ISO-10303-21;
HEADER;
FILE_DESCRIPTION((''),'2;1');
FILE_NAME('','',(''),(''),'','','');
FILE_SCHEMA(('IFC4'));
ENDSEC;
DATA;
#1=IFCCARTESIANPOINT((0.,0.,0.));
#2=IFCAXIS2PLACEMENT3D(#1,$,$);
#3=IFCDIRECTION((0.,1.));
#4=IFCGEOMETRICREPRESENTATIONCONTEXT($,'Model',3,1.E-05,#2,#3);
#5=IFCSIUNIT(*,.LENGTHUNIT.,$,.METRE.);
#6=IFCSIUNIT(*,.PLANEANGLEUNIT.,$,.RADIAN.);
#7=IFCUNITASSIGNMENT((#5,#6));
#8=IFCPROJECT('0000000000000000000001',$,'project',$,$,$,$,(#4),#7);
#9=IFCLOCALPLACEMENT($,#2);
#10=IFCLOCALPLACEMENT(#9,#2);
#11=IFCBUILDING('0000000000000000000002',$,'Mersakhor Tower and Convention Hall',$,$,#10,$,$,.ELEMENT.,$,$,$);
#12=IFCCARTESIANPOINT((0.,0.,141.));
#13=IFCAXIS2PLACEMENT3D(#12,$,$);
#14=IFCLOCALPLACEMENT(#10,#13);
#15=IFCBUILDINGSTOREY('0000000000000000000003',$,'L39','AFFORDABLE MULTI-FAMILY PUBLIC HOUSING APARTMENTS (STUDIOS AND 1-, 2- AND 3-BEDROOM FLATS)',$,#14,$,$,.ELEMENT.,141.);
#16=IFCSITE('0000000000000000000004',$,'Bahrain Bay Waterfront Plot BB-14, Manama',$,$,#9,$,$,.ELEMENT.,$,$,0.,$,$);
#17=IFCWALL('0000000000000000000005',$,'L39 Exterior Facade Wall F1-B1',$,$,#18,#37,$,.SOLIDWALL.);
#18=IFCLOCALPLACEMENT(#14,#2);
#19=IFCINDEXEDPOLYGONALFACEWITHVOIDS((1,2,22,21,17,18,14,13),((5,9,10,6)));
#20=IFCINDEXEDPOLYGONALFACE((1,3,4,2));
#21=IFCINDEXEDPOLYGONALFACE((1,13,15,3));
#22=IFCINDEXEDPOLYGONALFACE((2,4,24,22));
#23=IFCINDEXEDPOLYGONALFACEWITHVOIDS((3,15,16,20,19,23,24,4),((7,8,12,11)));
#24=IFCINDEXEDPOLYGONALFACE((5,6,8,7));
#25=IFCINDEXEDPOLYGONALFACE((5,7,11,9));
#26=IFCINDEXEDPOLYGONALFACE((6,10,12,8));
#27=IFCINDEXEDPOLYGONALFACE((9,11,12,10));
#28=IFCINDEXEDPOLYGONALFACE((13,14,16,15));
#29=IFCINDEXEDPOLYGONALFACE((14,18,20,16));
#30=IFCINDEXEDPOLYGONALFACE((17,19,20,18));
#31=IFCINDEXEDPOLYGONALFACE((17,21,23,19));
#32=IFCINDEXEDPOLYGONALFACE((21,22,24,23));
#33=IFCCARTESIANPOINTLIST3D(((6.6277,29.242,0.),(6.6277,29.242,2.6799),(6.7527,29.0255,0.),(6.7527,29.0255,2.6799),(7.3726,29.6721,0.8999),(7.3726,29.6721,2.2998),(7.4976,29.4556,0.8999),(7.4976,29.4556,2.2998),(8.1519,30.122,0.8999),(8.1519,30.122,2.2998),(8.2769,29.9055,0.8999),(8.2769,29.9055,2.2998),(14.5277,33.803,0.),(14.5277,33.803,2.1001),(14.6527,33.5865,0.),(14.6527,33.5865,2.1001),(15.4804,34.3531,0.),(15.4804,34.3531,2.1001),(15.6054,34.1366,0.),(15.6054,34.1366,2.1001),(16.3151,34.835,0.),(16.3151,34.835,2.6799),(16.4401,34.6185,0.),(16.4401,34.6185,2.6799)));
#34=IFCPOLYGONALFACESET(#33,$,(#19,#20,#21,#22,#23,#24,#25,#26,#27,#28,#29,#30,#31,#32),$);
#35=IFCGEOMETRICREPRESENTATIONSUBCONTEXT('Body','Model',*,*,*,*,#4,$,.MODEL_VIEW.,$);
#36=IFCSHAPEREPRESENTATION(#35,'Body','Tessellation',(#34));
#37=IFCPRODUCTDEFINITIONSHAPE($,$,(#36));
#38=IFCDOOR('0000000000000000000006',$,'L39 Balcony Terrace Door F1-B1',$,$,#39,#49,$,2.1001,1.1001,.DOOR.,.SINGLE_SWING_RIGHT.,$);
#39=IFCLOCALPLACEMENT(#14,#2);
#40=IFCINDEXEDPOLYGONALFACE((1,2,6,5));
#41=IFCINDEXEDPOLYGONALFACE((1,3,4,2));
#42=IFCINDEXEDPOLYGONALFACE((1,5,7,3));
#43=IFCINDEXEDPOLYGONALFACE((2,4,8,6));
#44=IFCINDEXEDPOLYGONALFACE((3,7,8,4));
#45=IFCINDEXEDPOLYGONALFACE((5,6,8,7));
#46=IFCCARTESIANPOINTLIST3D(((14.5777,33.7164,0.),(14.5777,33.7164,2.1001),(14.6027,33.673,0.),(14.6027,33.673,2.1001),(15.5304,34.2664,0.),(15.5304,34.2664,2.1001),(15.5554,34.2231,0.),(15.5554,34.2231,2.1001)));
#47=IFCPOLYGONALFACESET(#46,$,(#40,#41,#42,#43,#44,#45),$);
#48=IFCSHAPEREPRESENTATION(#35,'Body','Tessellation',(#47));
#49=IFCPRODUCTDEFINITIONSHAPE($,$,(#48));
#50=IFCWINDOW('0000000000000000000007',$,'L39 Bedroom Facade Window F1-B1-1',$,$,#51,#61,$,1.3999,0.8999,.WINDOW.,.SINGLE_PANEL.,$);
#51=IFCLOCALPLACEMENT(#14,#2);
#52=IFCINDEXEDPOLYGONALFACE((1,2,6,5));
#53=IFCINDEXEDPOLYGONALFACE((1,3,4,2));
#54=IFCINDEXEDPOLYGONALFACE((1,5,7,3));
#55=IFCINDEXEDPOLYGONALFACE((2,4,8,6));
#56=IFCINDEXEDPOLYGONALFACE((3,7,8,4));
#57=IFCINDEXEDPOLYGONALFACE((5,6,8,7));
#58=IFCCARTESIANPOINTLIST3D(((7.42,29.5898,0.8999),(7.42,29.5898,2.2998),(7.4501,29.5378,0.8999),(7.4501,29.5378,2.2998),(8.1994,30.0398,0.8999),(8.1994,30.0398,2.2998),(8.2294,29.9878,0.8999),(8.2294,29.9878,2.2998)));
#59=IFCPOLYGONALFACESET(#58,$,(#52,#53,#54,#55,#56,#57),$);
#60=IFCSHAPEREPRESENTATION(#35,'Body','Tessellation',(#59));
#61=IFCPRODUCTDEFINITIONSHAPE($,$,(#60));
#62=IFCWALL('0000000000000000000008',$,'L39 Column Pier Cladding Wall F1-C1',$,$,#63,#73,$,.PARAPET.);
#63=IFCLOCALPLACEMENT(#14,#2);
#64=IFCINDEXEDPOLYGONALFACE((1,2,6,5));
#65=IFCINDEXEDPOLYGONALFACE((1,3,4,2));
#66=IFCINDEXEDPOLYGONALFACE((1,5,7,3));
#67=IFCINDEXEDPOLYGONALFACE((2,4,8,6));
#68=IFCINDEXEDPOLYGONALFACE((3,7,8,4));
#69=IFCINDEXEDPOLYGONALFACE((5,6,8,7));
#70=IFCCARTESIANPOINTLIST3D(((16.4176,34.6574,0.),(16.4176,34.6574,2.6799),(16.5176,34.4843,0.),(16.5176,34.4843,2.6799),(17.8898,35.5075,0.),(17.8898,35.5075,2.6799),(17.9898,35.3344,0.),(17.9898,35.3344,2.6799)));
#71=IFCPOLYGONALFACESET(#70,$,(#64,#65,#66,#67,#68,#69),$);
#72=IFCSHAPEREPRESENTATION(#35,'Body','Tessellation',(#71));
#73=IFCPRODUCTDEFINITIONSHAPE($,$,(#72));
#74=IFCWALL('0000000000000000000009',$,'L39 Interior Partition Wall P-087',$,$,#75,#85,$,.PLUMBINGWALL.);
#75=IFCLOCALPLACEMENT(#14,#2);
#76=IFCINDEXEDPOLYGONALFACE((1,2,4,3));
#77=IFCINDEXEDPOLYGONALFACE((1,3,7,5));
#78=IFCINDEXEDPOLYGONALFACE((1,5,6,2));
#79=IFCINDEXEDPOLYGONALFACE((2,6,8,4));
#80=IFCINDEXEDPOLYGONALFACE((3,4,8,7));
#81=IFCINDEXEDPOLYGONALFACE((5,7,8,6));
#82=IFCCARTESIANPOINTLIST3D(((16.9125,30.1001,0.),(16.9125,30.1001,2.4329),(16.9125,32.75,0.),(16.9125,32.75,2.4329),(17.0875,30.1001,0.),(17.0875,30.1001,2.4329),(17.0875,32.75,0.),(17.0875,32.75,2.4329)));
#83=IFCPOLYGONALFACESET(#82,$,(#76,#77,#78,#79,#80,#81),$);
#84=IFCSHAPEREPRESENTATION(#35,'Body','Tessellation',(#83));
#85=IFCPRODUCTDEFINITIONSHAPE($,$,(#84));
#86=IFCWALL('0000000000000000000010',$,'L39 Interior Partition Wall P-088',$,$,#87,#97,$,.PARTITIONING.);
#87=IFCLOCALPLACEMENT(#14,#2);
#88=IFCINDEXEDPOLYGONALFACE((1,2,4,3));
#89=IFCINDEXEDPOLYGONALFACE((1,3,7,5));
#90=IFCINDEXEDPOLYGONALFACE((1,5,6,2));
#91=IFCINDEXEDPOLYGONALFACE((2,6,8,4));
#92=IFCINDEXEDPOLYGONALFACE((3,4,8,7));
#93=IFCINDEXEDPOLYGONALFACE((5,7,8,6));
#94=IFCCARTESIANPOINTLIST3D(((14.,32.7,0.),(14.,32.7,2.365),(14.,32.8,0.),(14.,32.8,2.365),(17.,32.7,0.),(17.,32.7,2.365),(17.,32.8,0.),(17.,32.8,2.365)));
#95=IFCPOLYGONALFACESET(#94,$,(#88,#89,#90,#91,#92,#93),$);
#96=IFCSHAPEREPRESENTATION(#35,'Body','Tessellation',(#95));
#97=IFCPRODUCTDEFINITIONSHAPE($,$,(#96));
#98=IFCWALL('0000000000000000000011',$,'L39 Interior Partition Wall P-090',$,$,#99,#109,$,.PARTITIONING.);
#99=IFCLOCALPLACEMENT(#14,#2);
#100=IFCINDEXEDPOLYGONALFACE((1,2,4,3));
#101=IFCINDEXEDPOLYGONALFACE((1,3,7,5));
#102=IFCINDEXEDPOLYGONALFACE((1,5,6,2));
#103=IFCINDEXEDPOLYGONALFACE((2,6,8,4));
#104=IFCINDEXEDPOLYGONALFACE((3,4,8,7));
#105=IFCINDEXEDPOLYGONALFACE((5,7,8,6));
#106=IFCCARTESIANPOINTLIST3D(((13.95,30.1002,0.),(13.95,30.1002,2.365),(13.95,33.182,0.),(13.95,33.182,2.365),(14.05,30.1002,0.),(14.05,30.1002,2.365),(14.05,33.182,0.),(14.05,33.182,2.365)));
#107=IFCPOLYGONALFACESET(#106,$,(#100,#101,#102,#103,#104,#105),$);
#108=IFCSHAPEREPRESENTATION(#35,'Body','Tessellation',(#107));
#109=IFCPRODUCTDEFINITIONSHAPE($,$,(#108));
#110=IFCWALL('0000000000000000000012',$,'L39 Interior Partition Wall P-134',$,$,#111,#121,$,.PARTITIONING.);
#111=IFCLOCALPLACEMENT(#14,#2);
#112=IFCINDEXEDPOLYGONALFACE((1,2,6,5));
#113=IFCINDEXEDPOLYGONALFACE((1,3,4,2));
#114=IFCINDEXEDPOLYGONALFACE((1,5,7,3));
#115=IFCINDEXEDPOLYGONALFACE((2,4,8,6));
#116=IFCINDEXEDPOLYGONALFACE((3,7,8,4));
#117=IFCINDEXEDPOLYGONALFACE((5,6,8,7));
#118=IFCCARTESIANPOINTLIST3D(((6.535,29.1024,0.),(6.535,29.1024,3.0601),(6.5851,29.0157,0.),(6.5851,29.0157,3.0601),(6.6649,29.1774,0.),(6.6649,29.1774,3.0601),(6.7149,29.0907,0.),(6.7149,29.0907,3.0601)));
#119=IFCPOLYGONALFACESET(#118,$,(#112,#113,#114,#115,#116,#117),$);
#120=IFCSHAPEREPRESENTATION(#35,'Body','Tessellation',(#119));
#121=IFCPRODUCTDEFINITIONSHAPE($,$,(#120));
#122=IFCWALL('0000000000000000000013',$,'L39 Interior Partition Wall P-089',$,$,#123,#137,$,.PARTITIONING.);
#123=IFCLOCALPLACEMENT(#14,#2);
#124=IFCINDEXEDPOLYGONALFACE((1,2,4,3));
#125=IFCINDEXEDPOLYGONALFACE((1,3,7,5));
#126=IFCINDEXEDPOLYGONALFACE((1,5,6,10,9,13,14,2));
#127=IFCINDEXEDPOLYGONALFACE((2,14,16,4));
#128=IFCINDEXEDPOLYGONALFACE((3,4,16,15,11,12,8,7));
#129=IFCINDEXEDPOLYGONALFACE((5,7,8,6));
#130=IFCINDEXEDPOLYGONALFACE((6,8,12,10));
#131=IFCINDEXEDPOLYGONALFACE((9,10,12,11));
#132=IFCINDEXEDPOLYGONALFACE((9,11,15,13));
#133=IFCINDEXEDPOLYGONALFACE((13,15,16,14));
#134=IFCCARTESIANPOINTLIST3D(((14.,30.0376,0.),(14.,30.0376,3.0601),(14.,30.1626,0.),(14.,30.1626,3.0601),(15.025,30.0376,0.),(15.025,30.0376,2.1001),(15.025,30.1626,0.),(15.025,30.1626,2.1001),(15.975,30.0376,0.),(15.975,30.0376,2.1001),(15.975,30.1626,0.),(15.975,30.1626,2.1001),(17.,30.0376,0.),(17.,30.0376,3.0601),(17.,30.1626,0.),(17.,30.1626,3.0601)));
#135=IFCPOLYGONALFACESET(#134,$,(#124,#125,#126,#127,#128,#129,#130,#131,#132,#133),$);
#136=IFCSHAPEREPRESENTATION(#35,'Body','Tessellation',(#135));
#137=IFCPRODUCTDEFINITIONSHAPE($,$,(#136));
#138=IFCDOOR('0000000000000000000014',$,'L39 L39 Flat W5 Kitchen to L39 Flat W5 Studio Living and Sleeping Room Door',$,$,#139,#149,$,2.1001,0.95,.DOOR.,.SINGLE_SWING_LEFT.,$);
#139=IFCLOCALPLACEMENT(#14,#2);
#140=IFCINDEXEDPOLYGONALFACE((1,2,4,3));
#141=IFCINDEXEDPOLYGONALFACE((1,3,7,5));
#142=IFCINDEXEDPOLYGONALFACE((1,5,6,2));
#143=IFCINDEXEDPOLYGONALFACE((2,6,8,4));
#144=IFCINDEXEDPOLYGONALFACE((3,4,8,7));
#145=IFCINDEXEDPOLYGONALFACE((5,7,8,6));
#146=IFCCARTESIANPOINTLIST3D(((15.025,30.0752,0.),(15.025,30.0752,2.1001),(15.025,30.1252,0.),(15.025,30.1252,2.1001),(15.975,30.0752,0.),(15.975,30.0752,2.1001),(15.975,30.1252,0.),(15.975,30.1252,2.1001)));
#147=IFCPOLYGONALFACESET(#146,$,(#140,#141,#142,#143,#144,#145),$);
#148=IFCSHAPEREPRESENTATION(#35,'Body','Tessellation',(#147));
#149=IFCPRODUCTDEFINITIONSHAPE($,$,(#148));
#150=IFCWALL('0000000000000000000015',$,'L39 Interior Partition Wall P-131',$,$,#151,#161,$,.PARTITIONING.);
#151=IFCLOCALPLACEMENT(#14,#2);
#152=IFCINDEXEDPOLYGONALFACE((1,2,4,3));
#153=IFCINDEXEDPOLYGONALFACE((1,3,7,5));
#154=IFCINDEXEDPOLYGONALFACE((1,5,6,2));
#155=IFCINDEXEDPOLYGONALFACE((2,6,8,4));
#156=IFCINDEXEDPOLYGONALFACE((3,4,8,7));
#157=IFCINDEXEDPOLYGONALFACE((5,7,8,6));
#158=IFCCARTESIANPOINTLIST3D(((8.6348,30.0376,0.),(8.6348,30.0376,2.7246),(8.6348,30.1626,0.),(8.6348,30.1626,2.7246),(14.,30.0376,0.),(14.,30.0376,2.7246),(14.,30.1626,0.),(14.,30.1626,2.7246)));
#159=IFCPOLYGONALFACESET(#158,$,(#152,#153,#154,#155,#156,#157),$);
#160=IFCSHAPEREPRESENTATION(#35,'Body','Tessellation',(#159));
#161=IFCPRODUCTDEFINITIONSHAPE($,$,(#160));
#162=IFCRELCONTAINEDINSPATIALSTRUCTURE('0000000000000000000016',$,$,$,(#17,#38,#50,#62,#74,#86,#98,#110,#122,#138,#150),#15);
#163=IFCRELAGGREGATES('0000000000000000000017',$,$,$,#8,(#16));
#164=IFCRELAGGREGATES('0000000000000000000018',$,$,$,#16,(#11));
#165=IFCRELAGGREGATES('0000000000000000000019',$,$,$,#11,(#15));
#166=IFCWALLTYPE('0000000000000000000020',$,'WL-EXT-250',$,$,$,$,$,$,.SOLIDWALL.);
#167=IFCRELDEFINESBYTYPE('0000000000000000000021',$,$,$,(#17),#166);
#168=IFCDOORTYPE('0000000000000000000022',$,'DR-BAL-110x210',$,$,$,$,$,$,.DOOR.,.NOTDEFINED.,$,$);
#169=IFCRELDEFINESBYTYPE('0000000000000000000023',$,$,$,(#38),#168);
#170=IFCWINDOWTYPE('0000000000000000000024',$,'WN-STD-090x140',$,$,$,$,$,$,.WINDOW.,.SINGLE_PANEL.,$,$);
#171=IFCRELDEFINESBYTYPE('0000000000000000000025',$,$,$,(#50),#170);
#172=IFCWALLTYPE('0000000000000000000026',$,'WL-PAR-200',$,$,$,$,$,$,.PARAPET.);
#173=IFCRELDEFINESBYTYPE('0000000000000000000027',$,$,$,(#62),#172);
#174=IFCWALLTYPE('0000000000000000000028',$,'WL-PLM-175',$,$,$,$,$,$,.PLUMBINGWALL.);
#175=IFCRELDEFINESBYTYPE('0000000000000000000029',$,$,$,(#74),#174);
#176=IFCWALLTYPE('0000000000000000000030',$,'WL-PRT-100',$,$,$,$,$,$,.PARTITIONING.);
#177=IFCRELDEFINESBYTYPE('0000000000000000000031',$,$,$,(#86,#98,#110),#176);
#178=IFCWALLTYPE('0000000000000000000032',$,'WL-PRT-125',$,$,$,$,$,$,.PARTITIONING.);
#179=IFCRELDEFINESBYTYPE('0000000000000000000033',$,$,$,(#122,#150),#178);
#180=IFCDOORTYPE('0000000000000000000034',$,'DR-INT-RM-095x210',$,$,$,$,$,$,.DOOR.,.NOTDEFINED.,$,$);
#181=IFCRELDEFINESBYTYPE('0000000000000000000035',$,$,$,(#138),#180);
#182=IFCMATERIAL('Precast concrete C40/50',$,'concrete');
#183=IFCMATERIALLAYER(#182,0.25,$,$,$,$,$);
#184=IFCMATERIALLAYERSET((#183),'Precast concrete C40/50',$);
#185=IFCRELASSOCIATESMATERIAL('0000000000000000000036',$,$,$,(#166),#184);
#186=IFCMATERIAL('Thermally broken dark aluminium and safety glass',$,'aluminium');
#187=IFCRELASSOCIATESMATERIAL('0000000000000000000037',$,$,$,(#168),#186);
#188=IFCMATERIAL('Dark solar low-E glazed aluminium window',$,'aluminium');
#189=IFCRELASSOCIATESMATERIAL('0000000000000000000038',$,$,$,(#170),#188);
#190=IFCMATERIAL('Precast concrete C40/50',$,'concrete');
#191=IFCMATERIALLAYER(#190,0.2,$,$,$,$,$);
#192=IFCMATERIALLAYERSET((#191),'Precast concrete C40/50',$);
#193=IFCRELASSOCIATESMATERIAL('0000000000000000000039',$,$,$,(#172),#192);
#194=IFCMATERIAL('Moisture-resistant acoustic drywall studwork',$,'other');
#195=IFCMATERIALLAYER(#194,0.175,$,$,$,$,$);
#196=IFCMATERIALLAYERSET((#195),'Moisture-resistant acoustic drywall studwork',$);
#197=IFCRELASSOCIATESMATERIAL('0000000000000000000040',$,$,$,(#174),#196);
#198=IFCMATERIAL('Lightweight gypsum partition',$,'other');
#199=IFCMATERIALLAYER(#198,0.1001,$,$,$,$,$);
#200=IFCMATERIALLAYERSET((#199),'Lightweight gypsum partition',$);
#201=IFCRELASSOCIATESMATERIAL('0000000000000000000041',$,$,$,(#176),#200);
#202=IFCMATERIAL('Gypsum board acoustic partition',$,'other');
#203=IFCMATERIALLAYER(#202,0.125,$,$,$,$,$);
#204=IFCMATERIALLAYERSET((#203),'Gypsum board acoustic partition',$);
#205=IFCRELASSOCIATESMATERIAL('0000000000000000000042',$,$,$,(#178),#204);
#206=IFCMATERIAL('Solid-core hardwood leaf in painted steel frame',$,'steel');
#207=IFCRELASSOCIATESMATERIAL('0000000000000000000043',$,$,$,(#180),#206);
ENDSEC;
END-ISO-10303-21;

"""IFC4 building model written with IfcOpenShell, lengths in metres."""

from ifc_helpers import new_model, si_unit, direction, frame, frame_2d, origin, place, context, subcontext, project, spatial, rectangle, extrude, material, layer, layer_set, type_object, element, fill, save


model = new_model("IFC4")

# Units and contexts
model_context = context("Model", 3, precision=1e-05, world=origin(), true_north=direction((0.0, 1.0)))
body_context = subcontext(model_context, "Body", "Model", "MODEL_VIEW")
ifc_project = project(units=[si_unit("LENGTHUNIT", "METRE"), si_unit("PLANEANGLEUNIT", "RADIAN")], contexts=[model_context])

# Site, building, storey
site_placement = place(None, origin())
site = spatial("IfcSite", under=ifc_project, at=site_placement, Name="Bahrain Bay Waterfront Plot BB-14, Manama", CompositionType="ELEMENT", RefElevation=0.0)
building_placement = place(site_placement, origin())
building = spatial("IfcBuilding", under=site, at=building_placement, Name="Mersakhor Tower and Convention Hall", CompositionType="ELEMENT")
storey_placement = place(building_placement, frame((0.0, 0.0, 141.0)))
storey = spatial("IfcBuildingStorey", under=building, at=storey_placement, Name="L39", Description="AFFORDABLE MULTI-FAMILY PUBLIC HOUSING APARTMENTS (STUDIOS AND 1-, 2- AND 3-BEDROOM FLATS)", CompositionType="ELEMENT", Elevation=141.0)

# Wall, openings, door, window
ifc_material_1 = material(Name="Precast concrete C40/50", Category="concrete")
ifc_layer_1 = layer(ifc_material_1, 0.25)
ifc_layer_set_1 = layer_set([ifc_layer_1], Name="Precast concrete C40/50")
wall_type_1 = type_object("IfcWallType", Name="WL-EXT-250", PredefinedType="SOLIDWALL", material=ifc_layer_set_1)
wall_1_placement = place(storey_placement, frame((6.6902, 29.1338, 0.0), z_axis=(0.0, 0.0, 1.0), x_axis=(0.866028, 0.499996, 0.0)))
wall_1 = element("IfcWall", 1, at=wall_1_placement, inside=storey, type_object=wall_type_1, Name="L39 Exterior Facade Wall F1-B1", PredefinedType="SOLIDWALL", context=body_context, shape_type="SweptSolid", body=[
    extrude(rectangle(XDim=11.186, YDim=0.25, at=frame_2d((5.593, 0.0))), origin(), (0.0, 0.0, 1.0), 2.6799),
])
opening_1_placement = place(wall_1_placement, frame((9.1221, 0.0, 0.0)))
opening_1 = element("IfcOpeningElement", 2, at=opening_1_placement, cuts=wall_1, PredefinedType="OPENING", context=body_context, shape_type="SweptSolid", body=[
    extrude(rectangle(XDim=1.1001, YDim=2.1001, at=frame_2d((0.55, 1.05))), frame((0.0, 0.135, 0.0), z_axis=(0.0, -1.0, 0.0), x_axis=(1.0, 0.0, 0.0)), (0.0, 0.0, 1.0), 0.27),
])
opening_2_placement = place(wall_1_placement, frame((0.8601, 0.0, 0.8999)))
opening_2 = element("IfcOpeningElement", 3, at=opening_2_placement, cuts=wall_1, PredefinedType="OPENING", context=body_context, shape_type="SweptSolid", body=[
    extrude(rectangle(XDim=0.8999, YDim=1.3999, at=frame_2d((0.45, 0.7))), frame((0.0, 0.135, 0.0), z_axis=(0.0, -1.0, 0.0), x_axis=(1.0, 0.0, 0.0)), (0.0, 0.0, 1.0), 0.27),
])
ifc_material_2 = material(Name="Thermally broken dark aluminium and safety glass", Category="aluminium")
door_type_1 = type_object("IfcDoorType", Name="DR-BAL-110x210", OperationType="NOTDEFINED", PredefinedType="DOOR", material=ifc_material_2)
door_1_placement = place(opening_1_placement, origin())
door_1 = element("IfcDoor", 4, at=door_1_placement, inside=storey, type_object=door_type_1, Name="L39 Balcony Terrace Door F1-B1", OperationType="SINGLE_SWING_RIGHT", OverallHeight=2.1001, OverallWidth=1.1001, PredefinedType="DOOR", context=body_context, shape_type="SweptSolid", body=[
    extrude(rectangle(XDim=1.1001, YDim=2.1001, at=frame_2d((0.55, 1.05))), frame((0.0, 0.0249, 0.0), z_axis=(0.0, -1.0, 0.0), x_axis=(1.0, 0.0, 0.0)), (0.0, 0.0, 1.0), 0.05),
])
fill(opening_1, door_1)
ifc_material_3 = material(Name="Dark solar low-E glazed aluminium window", Category="aluminium")
window_type = type_object("IfcWindowType", Name="WN-STD-090x140", PartitioningType="SINGLE_PANEL", PredefinedType="WINDOW", material=ifc_material_3)
window_placement = place(opening_2_placement, origin())
window = element("IfcWindow", 5, at=window_placement, inside=storey, type_object=window_type, Name="L39 Bedroom Facade Window F1-B1-1", OverallHeight=1.3999, OverallWidth=0.8999, PartitioningType="SINGLE_PANEL", PredefinedType="WINDOW", context=body_context, shape_type="SweptSolid", body=[
    extrude(rectangle(XDim=0.8999, YDim=1.3999, at=frame_2d((0.45, 0.7))), frame((0.0, 0.03, 0.0), z_axis=(0.0, -1.0, 0.0), x_axis=(1.0, 0.0, 0.0)), (0.0, 0.0, 1.0), 0.0601),
])
fill(opening_2, window)

# Walls
ifc_material_4 = material(Name="Precast concrete C40/50", Category="concrete")
ifc_layer_2 = layer(ifc_material_4, 0.2)
ifc_layer_set_2 = layer_set([ifc_layer_2], Name="Precast concrete C40/50")
wall_type_2 = type_object("IfcWallType", Name="WL-PAR-200", PredefinedType="PARAPET", material=ifc_layer_set_2)
wall_2_placement = place(storey_placement, frame((16.4675, 34.5708, 0.0), z_axis=(0.0, 0.0, 1.0), x_axis=(0.865989, 0.500062, 0.0)))
element("IfcWall", 6, at=wall_2_placement, inside=storey, type_object=wall_type_2, Name="L39 Column Pier Cladding Wall F1-C1", PredefinedType="PARAPET", context=body_context, shape_type="SweptSolid", body=[
    extrude(rectangle(XDim=1.7, YDim=0.2, at=frame_2d((0.8501, 0.0))), origin(), (0.0, 0.0, 1.0), 2.6799),
])
ifc_material_5 = material(Name="Moisture-resistant acoustic drywall studwork", Category="other")
ifc_layer_3 = layer(ifc_material_5, 0.175)
ifc_layer_set_3 = layer_set([ifc_layer_3], Name="Moisture-resistant acoustic drywall studwork")
wall_type_3 = type_object("IfcWallType", Name="WL-PLM-175", PredefinedType="PLUMBINGWALL", material=ifc_layer_set_3)
wall_3_placement = place(storey_placement, frame((17.0, 30.1001, 0.0), z_axis=(0.0, 0.0, 1.0), x_axis=(0.0, 1.0, 0.0)))
element("IfcWall", 7, at=wall_3_placement, inside=storey, type_object=wall_type_3, Name="L39 Interior Partition Wall P-087", PredefinedType="PLUMBINGWALL", context=body_context, shape_type="SweptSolid", body=[
    extrude(rectangle(XDim=2.6499, YDim=0.175, at=frame_2d((1.325, 0.0))), origin(), (0.0, 0.0, 1.0), 2.4329),
])
ifc_material_6 = material(Name="Lightweight gypsum partition", Category="other")
ifc_layer_4 = layer(ifc_material_6, 0.1001)
ifc_layer_set_4 = layer_set([ifc_layer_4], Name="Lightweight gypsum partition")
wall_type_4 = type_object("IfcWallType", Name="WL-PRT-100", PredefinedType="PARTITIONING", material=ifc_layer_set_4)
wall_4_placement = place(storey_placement, frame((14.0, 32.75, 0.0), z_axis=(0.0, 0.0, 1.0), x_axis=(1.0, 0.0, 0.0)))
element("IfcWall", 8, at=wall_4_placement, inside=storey, type_object=wall_type_4, Name="L39 Interior Partition Wall P-088", PredefinedType="PARTITIONING", context=body_context, shape_type="SweptSolid", body=[
    extrude(rectangle(XDim=3.0, YDim=0.1001, at=frame_2d((1.5, 0.0))), origin(), (0.0, 0.0, 1.0), 2.365),
])
wall_5_placement = place(storey_placement, frame((14.0, 30.1001, 0.0), z_axis=(0.0, 0.0, 1.0), x_axis=(0.0, 1.0, 0.0)))
element("IfcWall", 9, at=wall_5_placement, inside=storey, type_object=wall_type_4, Name="L39 Interior Partition Wall P-090", PredefinedType="PARTITIONING", context=body_context, shape_type="SweptSolid", body=[
    extrude(rectangle(XDim=3.0818, YDim=0.1001, at=frame_2d((1.541, 0.0))), origin(), (0.0, 0.0, 1.0), 2.365),
])
wall_6_placement = place(storey_placement, frame((6.5601, 29.0591, 0.0), z_axis=(0.0, 0.0, 1.0), x_axis=(0.866131, 0.499816, 0.0)))
element("IfcWall", 10, at=wall_6_placement, inside=storey, type_object=wall_type_4, Name="L39 Interior Partition Wall P-134", PredefinedType="PARTITIONING", context=body_context, shape_type="SweptSolid", body=[
    extrude(rectangle(XDim=0.1499, YDim=0.1001, at=frame_2d((0.075, 0.0))), origin(), (0.0, 0.0, 1.0), 3.0601),
])

# Wall, opening, door
ifc_material_7 = material(Name="Gypsum board acoustic partition", Category="other")
ifc_layer_5 = layer(ifc_material_7, 0.125)
ifc_layer_set_5 = layer_set([ifc_layer_5], Name="Gypsum board acoustic partition")
wall_type_5 = type_object("IfcWallType", Name="WL-PRT-125", PredefinedType="PARTITIONING", material=ifc_layer_set_5)
wall_7_placement = place(storey_placement, frame((17.0, 30.1001, 0.0), z_axis=(0.0, 0.0, 1.0), x_axis=(-1.0, 0.0, 0.0)))
wall_7 = element("IfcWall", 11, at=wall_7_placement, inside=storey, type_object=wall_type_5, Name="L39 Interior Partition Wall P-089", PredefinedType="PARTITIONING", context=body_context, shape_type="SweptSolid", body=[
    extrude(rectangle(XDim=3.0, YDim=0.125, at=frame_2d((1.5, 0.0))), origin(), (0.0, 0.0, 1.0), 3.0601),
])
opening_3_placement = place(wall_7_placement, frame((1.0249, 0.0, 0.0)))
opening_3 = element("IfcOpeningElement", 12, at=opening_3_placement, cuts=wall_7, PredefinedType="OPENING", context=body_context, shape_type="SweptSolid", body=[
    extrude(rectangle(XDim=0.95, YDim=2.1001, at=frame_2d((0.4751, 1.05))), frame((0.0, 0.0725, 0.0), z_axis=(0.0, -1.0, 0.0), x_axis=(1.0, 0.0, 0.0)), (0.0, 0.0, 1.0), 0.145),
])
ifc_material_8 = material(Name="Solid-core hardwood leaf in painted steel frame", Category="steel")
door_type_2 = type_object("IfcDoorType", Name="DR-INT-RM-095x210", OperationType="NOTDEFINED", PredefinedType="DOOR", material=ifc_material_8)
door_2_placement = place(opening_3_placement, origin())
door_2 = element("IfcDoor", 13, at=door_2_placement, inside=storey, type_object=door_type_2, Name="L39 L39 Flat W5 Kitchen to L39 Flat W5 Studio Living and Sleeping Room Door", OperationType="SINGLE_SWING_LEFT", OverallHeight=2.1001, OverallWidth=0.95, PredefinedType="DOOR", context=body_context, shape_type="SweptSolid", body=[
    extrude(rectangle(XDim=0.95, YDim=2.1001, at=frame_2d((0.4751, 1.05))), frame((0.0, 0.0249, 0.0), z_axis=(0.0, -1.0, 0.0), x_axis=(1.0, 0.0, 0.0)), (0.0, 0.0, 1.0), 0.05),
])
fill(opening_3, door_2)

# Wall
wall_8_placement = place(storey_placement, frame((8.6348, 30.1001, 0.0), z_axis=(0.0, 0.0, 1.0), x_axis=(1.0, 0.0, 0.0)))
element("IfcWall", 14, at=wall_8_placement, inside=storey, type_object=wall_type_5, Name="L39 Interior Partition Wall P-131", PredefinedType="PARTITIONING", context=body_context, shape_type="SweptSolid", body=[
    extrude(rectangle(XDim=5.3652, YDim=0.125, at=frame_2d((2.6826, 0.0))), origin(), (0.0, 0.0, 1.0), 2.7246),
])

save(model, "model.ifc")
